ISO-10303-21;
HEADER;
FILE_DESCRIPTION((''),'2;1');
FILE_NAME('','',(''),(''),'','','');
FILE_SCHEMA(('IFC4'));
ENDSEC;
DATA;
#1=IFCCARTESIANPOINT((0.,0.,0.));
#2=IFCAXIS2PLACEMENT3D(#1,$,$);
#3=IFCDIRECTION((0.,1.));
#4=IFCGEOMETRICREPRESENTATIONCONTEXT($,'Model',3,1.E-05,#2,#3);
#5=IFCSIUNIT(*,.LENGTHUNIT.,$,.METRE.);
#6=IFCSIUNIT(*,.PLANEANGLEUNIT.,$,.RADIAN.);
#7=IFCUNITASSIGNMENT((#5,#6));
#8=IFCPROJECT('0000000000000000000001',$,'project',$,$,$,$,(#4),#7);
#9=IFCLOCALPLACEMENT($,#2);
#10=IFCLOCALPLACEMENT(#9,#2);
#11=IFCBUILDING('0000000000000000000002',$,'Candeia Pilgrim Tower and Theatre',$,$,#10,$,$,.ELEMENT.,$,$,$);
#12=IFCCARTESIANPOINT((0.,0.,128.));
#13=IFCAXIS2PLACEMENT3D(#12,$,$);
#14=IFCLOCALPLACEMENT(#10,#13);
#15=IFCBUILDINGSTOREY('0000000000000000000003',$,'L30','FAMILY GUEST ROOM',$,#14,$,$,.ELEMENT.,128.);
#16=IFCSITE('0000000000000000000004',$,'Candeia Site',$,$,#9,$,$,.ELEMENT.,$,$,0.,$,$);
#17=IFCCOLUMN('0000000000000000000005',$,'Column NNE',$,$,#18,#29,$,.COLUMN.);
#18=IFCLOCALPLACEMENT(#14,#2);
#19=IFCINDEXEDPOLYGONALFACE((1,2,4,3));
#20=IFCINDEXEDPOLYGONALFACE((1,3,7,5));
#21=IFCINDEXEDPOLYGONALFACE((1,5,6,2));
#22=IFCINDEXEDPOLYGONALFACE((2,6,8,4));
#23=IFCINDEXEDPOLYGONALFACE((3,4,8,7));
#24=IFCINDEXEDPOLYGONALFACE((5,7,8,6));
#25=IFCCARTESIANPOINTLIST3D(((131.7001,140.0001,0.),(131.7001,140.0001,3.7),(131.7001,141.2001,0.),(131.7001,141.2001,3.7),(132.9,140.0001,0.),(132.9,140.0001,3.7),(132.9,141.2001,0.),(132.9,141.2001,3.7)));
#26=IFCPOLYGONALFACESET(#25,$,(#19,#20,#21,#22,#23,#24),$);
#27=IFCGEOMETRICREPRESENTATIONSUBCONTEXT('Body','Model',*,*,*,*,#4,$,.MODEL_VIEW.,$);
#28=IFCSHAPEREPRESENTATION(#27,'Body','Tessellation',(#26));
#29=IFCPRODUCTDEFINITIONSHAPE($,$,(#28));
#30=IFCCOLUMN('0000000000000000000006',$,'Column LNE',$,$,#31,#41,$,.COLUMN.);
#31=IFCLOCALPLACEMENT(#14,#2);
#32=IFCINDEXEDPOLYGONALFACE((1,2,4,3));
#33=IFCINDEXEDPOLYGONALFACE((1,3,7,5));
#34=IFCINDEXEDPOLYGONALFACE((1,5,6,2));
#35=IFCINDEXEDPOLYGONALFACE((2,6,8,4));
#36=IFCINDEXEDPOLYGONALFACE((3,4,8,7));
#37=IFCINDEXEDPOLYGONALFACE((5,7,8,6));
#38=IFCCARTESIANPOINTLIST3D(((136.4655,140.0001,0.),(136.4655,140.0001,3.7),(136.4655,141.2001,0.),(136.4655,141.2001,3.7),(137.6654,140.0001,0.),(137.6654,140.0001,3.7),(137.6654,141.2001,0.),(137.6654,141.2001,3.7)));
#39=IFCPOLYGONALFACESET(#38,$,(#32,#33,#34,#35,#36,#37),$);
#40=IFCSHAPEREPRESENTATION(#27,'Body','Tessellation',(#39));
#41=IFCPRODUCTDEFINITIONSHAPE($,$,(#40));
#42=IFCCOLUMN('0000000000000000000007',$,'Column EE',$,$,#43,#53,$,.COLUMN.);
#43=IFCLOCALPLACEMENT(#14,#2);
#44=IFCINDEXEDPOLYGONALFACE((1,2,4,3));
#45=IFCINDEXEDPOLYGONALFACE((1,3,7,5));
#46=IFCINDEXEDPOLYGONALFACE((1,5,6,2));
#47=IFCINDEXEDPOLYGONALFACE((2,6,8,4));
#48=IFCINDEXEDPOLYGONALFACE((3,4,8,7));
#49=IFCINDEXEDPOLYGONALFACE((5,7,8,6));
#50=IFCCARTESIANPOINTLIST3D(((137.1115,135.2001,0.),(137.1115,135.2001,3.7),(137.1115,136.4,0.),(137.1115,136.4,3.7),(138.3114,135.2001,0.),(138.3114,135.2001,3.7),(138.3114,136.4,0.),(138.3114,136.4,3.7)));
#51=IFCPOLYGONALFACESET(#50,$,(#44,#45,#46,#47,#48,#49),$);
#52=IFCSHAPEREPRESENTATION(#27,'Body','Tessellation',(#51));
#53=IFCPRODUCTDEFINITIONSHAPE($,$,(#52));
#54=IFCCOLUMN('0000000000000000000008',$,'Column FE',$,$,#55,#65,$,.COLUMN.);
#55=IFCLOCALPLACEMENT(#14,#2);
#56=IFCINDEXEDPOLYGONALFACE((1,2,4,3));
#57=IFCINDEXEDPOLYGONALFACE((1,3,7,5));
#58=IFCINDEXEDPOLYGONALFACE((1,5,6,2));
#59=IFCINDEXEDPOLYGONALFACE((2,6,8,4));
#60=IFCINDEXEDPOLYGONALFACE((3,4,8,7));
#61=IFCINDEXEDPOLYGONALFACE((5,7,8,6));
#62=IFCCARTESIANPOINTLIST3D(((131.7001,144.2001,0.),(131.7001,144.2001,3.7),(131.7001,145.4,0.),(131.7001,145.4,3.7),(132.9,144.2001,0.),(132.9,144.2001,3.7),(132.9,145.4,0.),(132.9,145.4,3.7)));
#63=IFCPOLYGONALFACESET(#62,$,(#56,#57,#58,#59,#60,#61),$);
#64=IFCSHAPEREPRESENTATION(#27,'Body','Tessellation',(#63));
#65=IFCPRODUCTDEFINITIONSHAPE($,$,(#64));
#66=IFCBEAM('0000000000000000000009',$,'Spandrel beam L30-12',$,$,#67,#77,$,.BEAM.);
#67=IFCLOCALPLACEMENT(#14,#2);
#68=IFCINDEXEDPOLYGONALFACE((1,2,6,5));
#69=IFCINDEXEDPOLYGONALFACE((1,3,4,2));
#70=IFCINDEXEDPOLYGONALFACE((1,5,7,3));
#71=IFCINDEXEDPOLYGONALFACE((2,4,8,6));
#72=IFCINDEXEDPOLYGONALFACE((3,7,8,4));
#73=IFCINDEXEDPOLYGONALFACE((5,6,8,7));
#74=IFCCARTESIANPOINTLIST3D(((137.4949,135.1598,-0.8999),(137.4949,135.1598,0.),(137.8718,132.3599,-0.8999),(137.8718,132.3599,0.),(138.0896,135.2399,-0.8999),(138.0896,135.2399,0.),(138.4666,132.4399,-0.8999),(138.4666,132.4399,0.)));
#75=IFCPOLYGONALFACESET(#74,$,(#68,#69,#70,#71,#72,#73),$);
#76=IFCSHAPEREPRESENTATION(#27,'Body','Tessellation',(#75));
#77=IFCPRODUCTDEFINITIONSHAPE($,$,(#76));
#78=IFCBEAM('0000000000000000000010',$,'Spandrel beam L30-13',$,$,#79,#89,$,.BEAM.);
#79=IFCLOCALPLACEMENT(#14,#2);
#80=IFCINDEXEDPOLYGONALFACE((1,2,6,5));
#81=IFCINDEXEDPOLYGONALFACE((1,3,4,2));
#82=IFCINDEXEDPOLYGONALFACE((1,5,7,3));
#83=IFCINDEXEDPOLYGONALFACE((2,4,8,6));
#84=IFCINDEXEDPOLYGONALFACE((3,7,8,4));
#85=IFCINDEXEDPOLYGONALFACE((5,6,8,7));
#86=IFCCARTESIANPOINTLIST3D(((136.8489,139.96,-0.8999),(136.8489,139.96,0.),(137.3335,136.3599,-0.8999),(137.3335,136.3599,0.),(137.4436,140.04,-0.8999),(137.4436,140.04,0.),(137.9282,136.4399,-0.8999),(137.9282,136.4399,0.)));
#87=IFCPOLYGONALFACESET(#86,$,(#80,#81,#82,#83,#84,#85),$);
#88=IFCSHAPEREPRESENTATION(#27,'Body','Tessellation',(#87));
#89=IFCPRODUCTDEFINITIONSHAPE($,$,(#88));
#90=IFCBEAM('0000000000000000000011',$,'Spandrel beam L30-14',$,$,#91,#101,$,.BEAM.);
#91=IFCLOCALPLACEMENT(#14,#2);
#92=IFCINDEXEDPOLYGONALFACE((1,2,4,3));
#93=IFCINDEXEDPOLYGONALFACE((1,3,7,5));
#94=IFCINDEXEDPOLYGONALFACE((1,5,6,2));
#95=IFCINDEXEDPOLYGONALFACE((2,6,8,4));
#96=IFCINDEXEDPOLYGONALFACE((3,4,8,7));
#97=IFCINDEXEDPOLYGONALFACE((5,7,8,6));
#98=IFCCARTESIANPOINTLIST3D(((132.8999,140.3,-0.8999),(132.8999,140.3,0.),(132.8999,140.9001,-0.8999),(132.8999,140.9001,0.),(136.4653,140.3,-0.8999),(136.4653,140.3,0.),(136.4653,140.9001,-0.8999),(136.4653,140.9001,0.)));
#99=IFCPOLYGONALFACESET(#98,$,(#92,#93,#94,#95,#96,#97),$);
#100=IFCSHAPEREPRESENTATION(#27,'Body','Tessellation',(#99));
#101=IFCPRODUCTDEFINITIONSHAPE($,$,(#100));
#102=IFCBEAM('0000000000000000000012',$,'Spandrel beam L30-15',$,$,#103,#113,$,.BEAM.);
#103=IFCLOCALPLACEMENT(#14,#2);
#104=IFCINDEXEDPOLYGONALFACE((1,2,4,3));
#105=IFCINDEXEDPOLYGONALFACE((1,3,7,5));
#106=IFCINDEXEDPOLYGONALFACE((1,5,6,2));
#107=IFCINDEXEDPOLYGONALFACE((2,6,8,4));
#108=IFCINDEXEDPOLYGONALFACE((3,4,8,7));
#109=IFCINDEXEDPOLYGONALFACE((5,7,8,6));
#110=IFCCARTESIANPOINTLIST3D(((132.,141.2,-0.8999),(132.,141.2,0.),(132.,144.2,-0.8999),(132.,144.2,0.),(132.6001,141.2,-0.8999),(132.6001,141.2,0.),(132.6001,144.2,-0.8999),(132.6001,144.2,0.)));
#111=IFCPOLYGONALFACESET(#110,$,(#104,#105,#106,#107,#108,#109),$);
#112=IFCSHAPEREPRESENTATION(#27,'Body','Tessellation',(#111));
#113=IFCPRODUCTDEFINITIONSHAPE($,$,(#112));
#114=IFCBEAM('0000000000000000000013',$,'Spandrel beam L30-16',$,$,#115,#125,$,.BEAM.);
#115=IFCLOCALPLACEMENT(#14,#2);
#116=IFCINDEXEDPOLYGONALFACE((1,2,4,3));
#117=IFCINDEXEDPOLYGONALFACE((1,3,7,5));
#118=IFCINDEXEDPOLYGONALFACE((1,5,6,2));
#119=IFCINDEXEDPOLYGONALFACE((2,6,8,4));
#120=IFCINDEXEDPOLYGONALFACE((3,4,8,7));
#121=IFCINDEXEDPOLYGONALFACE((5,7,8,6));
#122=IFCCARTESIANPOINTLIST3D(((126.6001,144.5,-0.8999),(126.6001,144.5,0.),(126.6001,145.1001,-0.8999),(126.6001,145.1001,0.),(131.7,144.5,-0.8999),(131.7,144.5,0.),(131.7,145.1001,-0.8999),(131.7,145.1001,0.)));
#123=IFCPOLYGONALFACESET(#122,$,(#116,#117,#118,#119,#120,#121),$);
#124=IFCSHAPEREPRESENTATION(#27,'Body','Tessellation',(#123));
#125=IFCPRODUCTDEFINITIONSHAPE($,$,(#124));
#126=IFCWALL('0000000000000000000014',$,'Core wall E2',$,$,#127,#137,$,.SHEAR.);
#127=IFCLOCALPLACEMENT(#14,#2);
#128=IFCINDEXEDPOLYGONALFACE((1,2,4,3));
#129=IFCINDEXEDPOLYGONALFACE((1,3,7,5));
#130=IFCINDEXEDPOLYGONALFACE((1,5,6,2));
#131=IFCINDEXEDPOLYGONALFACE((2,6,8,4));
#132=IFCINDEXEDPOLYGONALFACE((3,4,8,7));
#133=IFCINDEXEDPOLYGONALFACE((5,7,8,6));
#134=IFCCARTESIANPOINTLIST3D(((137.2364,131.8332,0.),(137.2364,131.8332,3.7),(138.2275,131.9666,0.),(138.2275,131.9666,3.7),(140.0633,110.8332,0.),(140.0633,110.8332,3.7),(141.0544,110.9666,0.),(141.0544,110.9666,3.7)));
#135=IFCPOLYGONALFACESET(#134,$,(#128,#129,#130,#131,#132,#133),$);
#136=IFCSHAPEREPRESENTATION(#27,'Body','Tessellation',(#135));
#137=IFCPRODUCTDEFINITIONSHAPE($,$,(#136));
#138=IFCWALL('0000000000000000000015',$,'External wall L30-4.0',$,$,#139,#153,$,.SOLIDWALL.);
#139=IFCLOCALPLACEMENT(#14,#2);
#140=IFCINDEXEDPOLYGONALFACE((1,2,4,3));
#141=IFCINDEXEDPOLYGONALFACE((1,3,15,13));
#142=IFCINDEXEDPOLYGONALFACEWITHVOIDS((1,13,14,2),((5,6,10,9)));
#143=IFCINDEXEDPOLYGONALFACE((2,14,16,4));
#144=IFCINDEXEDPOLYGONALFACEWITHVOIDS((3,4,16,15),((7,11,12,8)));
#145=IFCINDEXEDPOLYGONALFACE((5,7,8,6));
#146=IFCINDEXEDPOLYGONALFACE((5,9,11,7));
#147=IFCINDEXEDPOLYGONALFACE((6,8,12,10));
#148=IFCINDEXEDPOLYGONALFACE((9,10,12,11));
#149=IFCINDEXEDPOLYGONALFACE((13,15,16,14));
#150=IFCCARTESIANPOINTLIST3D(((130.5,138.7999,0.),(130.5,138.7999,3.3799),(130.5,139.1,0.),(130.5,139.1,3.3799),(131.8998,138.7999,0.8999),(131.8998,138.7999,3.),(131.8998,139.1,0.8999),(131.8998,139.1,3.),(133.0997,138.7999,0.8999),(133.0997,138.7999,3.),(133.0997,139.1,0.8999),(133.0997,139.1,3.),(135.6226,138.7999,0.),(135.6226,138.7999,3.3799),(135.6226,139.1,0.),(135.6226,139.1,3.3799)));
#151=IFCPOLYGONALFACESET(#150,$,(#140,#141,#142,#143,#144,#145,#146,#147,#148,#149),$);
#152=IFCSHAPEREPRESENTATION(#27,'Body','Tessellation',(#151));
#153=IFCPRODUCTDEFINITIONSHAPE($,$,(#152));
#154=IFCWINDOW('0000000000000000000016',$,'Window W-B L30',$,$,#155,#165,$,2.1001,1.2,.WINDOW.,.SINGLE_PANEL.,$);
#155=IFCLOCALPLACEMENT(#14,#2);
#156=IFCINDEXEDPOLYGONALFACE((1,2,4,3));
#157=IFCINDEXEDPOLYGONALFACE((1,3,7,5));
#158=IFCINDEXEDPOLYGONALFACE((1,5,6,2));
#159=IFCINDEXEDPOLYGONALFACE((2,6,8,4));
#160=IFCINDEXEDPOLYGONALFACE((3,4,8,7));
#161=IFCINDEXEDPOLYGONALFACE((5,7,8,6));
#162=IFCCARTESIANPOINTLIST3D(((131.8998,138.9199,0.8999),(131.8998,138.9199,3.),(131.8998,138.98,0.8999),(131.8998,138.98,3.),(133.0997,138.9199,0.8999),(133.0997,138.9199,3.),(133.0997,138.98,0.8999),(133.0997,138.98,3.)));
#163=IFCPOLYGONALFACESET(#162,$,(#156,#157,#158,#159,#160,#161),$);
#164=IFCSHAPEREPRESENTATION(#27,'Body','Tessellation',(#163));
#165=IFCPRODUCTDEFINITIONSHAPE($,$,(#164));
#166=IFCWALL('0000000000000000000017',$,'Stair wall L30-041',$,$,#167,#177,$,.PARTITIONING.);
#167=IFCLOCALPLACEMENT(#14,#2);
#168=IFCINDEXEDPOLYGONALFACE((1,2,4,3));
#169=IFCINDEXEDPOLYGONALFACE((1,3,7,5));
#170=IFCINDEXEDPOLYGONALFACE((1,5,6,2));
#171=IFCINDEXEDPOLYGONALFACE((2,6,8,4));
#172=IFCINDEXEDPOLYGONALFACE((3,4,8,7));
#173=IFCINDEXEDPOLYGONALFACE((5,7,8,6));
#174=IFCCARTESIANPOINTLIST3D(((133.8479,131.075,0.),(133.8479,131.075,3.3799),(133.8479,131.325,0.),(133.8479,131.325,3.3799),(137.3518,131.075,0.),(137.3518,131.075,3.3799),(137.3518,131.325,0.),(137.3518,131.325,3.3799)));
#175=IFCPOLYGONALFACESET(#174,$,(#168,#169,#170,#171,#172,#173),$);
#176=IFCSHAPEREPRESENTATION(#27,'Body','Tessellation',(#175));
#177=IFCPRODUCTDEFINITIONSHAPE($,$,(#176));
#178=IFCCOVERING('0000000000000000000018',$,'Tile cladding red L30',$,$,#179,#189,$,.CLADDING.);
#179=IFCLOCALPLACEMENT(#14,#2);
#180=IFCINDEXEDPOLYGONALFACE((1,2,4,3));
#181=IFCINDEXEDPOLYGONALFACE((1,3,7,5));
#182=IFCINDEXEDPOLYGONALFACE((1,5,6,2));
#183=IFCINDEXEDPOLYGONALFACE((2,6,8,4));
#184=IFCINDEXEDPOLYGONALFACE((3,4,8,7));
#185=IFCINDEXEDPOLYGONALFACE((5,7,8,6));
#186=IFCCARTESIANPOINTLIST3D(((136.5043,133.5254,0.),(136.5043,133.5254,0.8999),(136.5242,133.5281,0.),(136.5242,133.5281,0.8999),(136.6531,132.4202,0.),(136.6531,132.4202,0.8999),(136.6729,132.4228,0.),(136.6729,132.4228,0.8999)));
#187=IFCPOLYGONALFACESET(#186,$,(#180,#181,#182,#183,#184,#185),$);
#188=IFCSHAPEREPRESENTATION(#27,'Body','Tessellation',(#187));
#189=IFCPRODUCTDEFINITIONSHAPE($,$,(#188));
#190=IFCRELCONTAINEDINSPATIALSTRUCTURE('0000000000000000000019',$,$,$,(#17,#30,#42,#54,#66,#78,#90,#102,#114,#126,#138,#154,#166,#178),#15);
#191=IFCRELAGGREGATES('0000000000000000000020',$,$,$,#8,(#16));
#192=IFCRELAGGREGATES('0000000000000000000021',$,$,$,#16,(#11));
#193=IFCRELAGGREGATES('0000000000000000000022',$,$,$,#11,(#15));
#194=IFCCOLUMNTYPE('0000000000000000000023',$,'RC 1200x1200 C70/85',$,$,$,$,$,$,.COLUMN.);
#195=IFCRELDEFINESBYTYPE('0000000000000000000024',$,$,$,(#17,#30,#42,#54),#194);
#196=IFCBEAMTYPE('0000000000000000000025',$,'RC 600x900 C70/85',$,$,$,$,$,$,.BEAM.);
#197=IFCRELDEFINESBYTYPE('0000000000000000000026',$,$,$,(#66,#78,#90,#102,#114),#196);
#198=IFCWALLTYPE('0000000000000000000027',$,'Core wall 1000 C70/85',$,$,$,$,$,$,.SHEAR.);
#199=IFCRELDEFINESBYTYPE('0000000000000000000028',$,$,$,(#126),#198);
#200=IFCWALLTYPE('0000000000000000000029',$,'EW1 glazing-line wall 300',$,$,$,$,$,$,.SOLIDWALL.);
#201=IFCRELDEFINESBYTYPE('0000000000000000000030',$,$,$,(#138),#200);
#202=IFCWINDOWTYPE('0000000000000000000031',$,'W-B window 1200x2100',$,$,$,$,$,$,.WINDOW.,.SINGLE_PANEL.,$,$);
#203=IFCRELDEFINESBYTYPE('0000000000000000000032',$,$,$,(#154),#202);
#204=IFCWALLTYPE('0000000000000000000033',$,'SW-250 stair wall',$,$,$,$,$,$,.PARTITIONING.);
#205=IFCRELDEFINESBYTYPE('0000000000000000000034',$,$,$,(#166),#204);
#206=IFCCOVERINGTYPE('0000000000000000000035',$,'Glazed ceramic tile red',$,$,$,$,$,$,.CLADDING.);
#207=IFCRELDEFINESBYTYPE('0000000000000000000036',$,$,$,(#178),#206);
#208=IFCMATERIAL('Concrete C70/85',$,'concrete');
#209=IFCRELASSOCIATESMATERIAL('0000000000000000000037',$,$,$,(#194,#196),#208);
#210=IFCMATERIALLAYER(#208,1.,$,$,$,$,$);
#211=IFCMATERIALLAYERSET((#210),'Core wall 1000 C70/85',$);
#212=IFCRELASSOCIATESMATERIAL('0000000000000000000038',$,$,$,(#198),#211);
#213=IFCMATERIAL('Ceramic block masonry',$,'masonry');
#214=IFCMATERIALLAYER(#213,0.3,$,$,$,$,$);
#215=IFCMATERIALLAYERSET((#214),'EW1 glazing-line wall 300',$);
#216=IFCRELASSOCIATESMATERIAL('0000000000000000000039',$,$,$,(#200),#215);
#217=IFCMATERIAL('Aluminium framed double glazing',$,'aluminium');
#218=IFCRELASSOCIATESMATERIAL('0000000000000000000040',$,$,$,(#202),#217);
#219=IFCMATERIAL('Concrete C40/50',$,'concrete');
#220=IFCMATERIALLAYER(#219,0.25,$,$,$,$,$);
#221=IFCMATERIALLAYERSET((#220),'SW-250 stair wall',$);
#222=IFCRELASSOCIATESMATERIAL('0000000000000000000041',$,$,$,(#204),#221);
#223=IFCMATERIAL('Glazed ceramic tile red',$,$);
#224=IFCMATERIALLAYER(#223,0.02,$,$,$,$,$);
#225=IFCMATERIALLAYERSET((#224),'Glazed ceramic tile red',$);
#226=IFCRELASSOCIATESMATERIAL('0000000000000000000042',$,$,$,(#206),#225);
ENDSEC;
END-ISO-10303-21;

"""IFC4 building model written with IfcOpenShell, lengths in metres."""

from ifc_helpers import new_model, si_unit, direction, frame, frame_2d, origin, origin_2d, place, context, subcontext, project, spatial, rectangle, extrude, material, layer, layer_set, material_profile, profile_set, type_object, element, fill, save


model = new_model("IFC4")

# Units and contexts
model_context = context("Model", 3, precision=1e-05, world=origin(), true_north=direction((0.0, 1.0)))
body_context = subcontext(model_context, "Body", "Model", "MODEL_VIEW")
ifc_project = project(units=[si_unit("LENGTHUNIT", "METRE"), si_unit("PLANEANGLEUNIT", "RADIAN")], contexts=[model_context])

# Site, building, storey
site_placement = place(None, origin())
site = spatial("IfcSite", under=ifc_project, at=site_placement, Name="Candeia Site", CompositionType="ELEMENT", RefElevation=0.0)
building_placement = place(site_placement, origin())
building = spatial("IfcBuilding", under=site, at=building_placement, Name="Candeia Pilgrim Tower and Theatre", CompositionType="ELEMENT")
storey_placement = place(building_placement, frame((0.0, 0.0, 128.0)))
storey = spatial("IfcBuildingStorey", under=building, at=storey_placement, Name="L30", Description="FAMILY GUEST ROOM", CompositionType="ELEMENT", Elevation=128.0)

# Columns
ifc_material_1 = material(Name="Concrete C70/85", Category="concrete")
ifc_material_profile_1 = material_profile(ifc_material_1, rectangle(XDim=1.2, YDim=1.2, at=origin_2d()))
ifc_profile_set_1 = profile_set([ifc_material_profile_1], Name="Concrete C70/85")
column_type = type_object("IfcColumnType", Name="RC 1200x1200 C70/85", PredefinedType="COLUMN", material=ifc_profile_set_1)
for number, where, z_axis, x_axis, name in (
    (1, (132.3, 140.6001, 0.0), (0.0, 0.0, 1.0), (1.0, 0.0, 0.0), "Column NNE"),
    (2, (137.0654, 140.6001, 0.0), (0.0, 0.0, 1.0), (1.0, 0.0, 0.0), "Column LNE"),
    (3, (137.7114, 135.8, 0.0), (0.0, 0.0, 1.0), (1.0, 0.0, 0.0), "Column EE"),
    (4, (132.3, 144.8, 0.0), (0.0, 0.0, 1.0), (1.0, 0.0, 0.0), "Column FE"),
):
    element("IfcColumn", number, at=place(storey_placement, frame(where, z_axis=z_axis, x_axis=x_axis)), inside=storey, type_object=column_type, Name=name, PredefinedType="COLUMN", context=body_context, shape_type="SweptSolid", body=[
        extrude(rectangle(XDim=1.2, YDim=1.2, at=origin_2d()), origin(), (0.0, 0.0, 1.0), 3.7),
    ])

# Beams
ifc_material_profile_2 = material_profile(ifc_material_1, rectangle(XDim=0.6001, YDim=0.8999, at=origin_2d()))
ifc_profile_set_2 = profile_set([ifc_material_profile_2], Name="Concrete C70/85")
beam_type = type_object("IfcBeamType", Name="RC 600x900 C70/85", PredefinedType="BEAM", material=ifc_profile_set_2)
beam_1_placement = place(storey_placement, frame((138.1692, 132.3999, -0.45), z_axis=(-0.13342, 0.99106, 0.0), x_axis=(-0.99106, -0.13342, 0.0)))
element("IfcBeam", 5, at=beam_1_placement, inside=storey, type_object=beam_type, Name="Spandrel beam L30-12", PredefinedType="BEAM", context=body_context, shape_type="SweptSolid", body=[
    extrude(rectangle(XDim=0.6001, YDim=0.8999, at=origin_2d()), origin(), (0.0, 0.0, 1.0), 2.8252),
])
beam_2_placement = place(storey_placement, frame((137.6309, 136.3999, -0.45), z_axis=(-0.133409, 0.991061, 0.0), x_axis=(-0.991061, -0.133409, 0.0)))
element("IfcBeam", 6, at=beam_2_placement, inside=storey, type_object=beam_type, Name="Spandrel beam L30-13", PredefinedType="BEAM", context=body_context, shape_type="SweptSolid", body=[
    extrude(rectangle(XDim=0.6001, YDim=0.8999, at=origin_2d()), origin(), (0.0, 0.0, 1.0), 3.6326),
])
beam_3_placement = place(storey_placement, frame((136.4653, 140.6001, -0.45), z_axis=(-1.0, 0.0, 0.0), x_axis=(0.0, -1.0, 0.0)))
element("IfcBeam", 7, at=beam_3_placement, inside=storey, type_object=beam_type, Name="Spandrel beam L30-14", PredefinedType="BEAM", context=body_context, shape_type="SweptSolid", body=[
    extrude(rectangle(XDim=0.6001, YDim=0.8999, at=origin_2d()), origin(), (0.0, 0.0, 1.0), 3.5654),
])
beam_4_placement = place(storey_placement, frame((132.3, 141.2, -0.45), z_axis=(0.0, 1.0, 0.0), x_axis=(-1.0, 0.0, 0.0)))
element("IfcBeam", 8, at=beam_4_placement, inside=storey, type_object=beam_type, Name="Spandrel beam L30-15", PredefinedType="BEAM", context=body_context, shape_type="SweptSolid", body=[
    extrude(rectangle(XDim=0.6001, YDim=0.8999, at=origin_2d()), origin(), (0.0, 0.0, 1.0), 3.0),
])
beam_5_placement = place(storey_placement, frame((131.7, 144.8, -0.45), z_axis=(-1.0, 0.0, 0.0), x_axis=(0.0, -1.0, 0.0)))
element("IfcBeam", 9, at=beam_5_placement, inside=storey, type_object=beam_type, Name="Spandrel beam L30-16", PredefinedType="BEAM", context=body_context, shape_type="SweptSolid", body=[
    extrude(rectangle(XDim=0.6001, YDim=0.8999, at=origin_2d()), origin(), (0.0, 0.0, 1.0), 5.0999),
])

# Wall
ifc_layer_1 = layer(ifc_material_1, 1.0)
ifc_layer_set_1 = layer_set([ifc_layer_1], Name="Core wall 1000 C70/85")
wall_type_1 = type_object("IfcWallType", Name="Core wall 1000 C70/85", PredefinedType="SHEAR", material=ifc_layer_set_1)
wall_1_placement = place(storey_placement, frame((137.7319, 131.8999, 0.0), z_axis=(0.0, 0.0, 1.0), x_axis=(0.133411, -0.991061, 0.0)))
element("IfcWall", 10, at=wall_1_placement, inside=storey, type_object=wall_type_1, Name="Core wall E2", PredefinedType="SHEAR", context=body_context, shape_type="SweptSolid", body=[
    extrude(rectangle(XDim=21.1895, YDim=1.0, at=frame_2d((10.5947, 0.0))), origin(), (0.0, 0.0, 1.0), 3.7),
])

# Shared definitions
ifc_material_2 = material(Name="Ceramic block masonry", Category="masonry")
ifc_layer_2 = layer(ifc_material_2, 0.3)
ifc_layer_set_2 = layer_set([ifc_layer_2], Name="EW1 glazing-line wall 300")
wall_type_2 = type_object("IfcWallType", Name="EW1 glazing-line wall 300", PredefinedType="SOLIDWALL", material=ifc_layer_set_2)
ifc_material_3 = material(Name="Aluminium framed double glazing", Category="aluminium")

# Wall, opening, window
wall_2_placement = place(storey_placement, frame((135.6226, 138.95, 0.0), z_axis=(0.0, 0.0, 1.0), x_axis=(-1.0, 0.0, 0.0)))
wall_2 = element("IfcWall", 11, at=wall_2_placement, inside=storey, type_object=wall_type_2, Name="External wall L30-4.0", PredefinedType="SOLIDWALL", context=body_context, shape_type="SweptSolid", body=[
    extrude(rectangle(XDim=5.1226, YDim=0.3, at=frame_2d((2.5613, 0.0))), origin(), (0.0, 0.0, 1.0), 3.3799),
])
opening_1_placement = place(wall_2_placement, frame((2.5227, 0.0, 0.8999)))
opening_1 = element("IfcOpeningElement", 12, at=opening_1_placement, cuts=wall_2, PredefinedType="OPENING", context=body_context, shape_type="SweptSolid", body=[
    extrude(rectangle(XDim=1.2, YDim=2.1001, at=frame_2d((0.6001, 1.05))), frame((0.0, 0.1602, 0.0), z_axis=(0.0, -1.0, 0.0), x_axis=(1.0, 0.0, 0.0)), (0.0, 0.0, 1.0), 0.3201),
])
window_type_1 = type_object("IfcWindowType", Name="W-B window 1200x2100", PartitioningType="SINGLE_PANEL", PredefinedType="WINDOW", material=ifc_material_3)
window_1_placement = place(opening_1_placement, origin())
window_1 = element("IfcWindow", 13, at=window_1_placement, inside=storey, type_object=window_type_1, Name="Window W-B L30", OverallHeight=2.1001, OverallWidth=1.2, PartitioningType="SINGLE_PANEL", PredefinedType="WINDOW", context=body_context, shape_type="SweptSolid", body=[
    extrude(rectangle(XDim=1.2, YDim=2.1001, at=frame_2d((0.6001, 1.05))), frame((0.0, 0.03, 0.0), z_axis=(0.0, -1.0, 0.0), x_axis=(1.0, 0.0, 0.0)), (0.0, 0.0, 1.0), 0.0601),
])
fill(opening_1, window_1)

# Wall
ifc_material_4 = material(Name="Concrete C40/50", Category="concrete")
ifc_layer_3 = layer(ifc_material_4, 0.25)
ifc_layer_set_3 = layer_set([ifc_layer_3], Name="SW-250 stair wall")
wall_type_3 = type_object("IfcWallType", Name="SW-250 stair wall", PredefinedType="PARTITIONING", material=ifc_layer_set_3)
wall_3_placement = place(storey_placement, frame((133.8479, 131.2, 0.0), z_axis=(0.0, 0.0, 1.0), x_axis=(1.0, 0.0, 0.0)))
element("IfcWall", 14, at=wall_3_placement, inside=storey, type_object=wall_type_3, Name="Stair wall L30-041", PredefinedType="PARTITIONING", context=body_context, shape_type="SweptSolid", body=[
    extrude(rectangle(XDim=3.5039, YDim=0.25, at=frame_2d((1.752, 0.0))), origin(), (0.0, 0.0, 1.0), 3.3799),
])

# Covering
ifc_material_5 = material(Name="Glazed ceramic tile red")
ifc_layer_4 = layer(ifc_material_5, 0.02)
ifc_layer_set_4 = layer_set([ifc_layer_4], Name="Glazed ceramic tile red")
covering_type = type_object("IfcCoveringType", Name="Glazed ceramic tile red", PredefinedType="CLADDING", material=ifc_layer_set_4)
covering_1_placement = place(storey_placement, frame((136.5886, 132.9741, 0.0), z_axis=(0.0, 0.0, 1.0), x_axis=(-0.133412, 0.991061, 0.0)))
element("IfcCovering", 15, at=covering_1_placement, inside=storey, type_object=covering_type, Name="Tile cladding red L30", PredefinedType="CLADDING", context=body_context, shape_type="SweptSolid", body=[
    extrude(rectangle(XDim=1.1152, YDim=0.02, at=origin_2d()), origin(), (0.0, 0.0, 1.0), 0.8999),
])

save(model, "model.ifc")
